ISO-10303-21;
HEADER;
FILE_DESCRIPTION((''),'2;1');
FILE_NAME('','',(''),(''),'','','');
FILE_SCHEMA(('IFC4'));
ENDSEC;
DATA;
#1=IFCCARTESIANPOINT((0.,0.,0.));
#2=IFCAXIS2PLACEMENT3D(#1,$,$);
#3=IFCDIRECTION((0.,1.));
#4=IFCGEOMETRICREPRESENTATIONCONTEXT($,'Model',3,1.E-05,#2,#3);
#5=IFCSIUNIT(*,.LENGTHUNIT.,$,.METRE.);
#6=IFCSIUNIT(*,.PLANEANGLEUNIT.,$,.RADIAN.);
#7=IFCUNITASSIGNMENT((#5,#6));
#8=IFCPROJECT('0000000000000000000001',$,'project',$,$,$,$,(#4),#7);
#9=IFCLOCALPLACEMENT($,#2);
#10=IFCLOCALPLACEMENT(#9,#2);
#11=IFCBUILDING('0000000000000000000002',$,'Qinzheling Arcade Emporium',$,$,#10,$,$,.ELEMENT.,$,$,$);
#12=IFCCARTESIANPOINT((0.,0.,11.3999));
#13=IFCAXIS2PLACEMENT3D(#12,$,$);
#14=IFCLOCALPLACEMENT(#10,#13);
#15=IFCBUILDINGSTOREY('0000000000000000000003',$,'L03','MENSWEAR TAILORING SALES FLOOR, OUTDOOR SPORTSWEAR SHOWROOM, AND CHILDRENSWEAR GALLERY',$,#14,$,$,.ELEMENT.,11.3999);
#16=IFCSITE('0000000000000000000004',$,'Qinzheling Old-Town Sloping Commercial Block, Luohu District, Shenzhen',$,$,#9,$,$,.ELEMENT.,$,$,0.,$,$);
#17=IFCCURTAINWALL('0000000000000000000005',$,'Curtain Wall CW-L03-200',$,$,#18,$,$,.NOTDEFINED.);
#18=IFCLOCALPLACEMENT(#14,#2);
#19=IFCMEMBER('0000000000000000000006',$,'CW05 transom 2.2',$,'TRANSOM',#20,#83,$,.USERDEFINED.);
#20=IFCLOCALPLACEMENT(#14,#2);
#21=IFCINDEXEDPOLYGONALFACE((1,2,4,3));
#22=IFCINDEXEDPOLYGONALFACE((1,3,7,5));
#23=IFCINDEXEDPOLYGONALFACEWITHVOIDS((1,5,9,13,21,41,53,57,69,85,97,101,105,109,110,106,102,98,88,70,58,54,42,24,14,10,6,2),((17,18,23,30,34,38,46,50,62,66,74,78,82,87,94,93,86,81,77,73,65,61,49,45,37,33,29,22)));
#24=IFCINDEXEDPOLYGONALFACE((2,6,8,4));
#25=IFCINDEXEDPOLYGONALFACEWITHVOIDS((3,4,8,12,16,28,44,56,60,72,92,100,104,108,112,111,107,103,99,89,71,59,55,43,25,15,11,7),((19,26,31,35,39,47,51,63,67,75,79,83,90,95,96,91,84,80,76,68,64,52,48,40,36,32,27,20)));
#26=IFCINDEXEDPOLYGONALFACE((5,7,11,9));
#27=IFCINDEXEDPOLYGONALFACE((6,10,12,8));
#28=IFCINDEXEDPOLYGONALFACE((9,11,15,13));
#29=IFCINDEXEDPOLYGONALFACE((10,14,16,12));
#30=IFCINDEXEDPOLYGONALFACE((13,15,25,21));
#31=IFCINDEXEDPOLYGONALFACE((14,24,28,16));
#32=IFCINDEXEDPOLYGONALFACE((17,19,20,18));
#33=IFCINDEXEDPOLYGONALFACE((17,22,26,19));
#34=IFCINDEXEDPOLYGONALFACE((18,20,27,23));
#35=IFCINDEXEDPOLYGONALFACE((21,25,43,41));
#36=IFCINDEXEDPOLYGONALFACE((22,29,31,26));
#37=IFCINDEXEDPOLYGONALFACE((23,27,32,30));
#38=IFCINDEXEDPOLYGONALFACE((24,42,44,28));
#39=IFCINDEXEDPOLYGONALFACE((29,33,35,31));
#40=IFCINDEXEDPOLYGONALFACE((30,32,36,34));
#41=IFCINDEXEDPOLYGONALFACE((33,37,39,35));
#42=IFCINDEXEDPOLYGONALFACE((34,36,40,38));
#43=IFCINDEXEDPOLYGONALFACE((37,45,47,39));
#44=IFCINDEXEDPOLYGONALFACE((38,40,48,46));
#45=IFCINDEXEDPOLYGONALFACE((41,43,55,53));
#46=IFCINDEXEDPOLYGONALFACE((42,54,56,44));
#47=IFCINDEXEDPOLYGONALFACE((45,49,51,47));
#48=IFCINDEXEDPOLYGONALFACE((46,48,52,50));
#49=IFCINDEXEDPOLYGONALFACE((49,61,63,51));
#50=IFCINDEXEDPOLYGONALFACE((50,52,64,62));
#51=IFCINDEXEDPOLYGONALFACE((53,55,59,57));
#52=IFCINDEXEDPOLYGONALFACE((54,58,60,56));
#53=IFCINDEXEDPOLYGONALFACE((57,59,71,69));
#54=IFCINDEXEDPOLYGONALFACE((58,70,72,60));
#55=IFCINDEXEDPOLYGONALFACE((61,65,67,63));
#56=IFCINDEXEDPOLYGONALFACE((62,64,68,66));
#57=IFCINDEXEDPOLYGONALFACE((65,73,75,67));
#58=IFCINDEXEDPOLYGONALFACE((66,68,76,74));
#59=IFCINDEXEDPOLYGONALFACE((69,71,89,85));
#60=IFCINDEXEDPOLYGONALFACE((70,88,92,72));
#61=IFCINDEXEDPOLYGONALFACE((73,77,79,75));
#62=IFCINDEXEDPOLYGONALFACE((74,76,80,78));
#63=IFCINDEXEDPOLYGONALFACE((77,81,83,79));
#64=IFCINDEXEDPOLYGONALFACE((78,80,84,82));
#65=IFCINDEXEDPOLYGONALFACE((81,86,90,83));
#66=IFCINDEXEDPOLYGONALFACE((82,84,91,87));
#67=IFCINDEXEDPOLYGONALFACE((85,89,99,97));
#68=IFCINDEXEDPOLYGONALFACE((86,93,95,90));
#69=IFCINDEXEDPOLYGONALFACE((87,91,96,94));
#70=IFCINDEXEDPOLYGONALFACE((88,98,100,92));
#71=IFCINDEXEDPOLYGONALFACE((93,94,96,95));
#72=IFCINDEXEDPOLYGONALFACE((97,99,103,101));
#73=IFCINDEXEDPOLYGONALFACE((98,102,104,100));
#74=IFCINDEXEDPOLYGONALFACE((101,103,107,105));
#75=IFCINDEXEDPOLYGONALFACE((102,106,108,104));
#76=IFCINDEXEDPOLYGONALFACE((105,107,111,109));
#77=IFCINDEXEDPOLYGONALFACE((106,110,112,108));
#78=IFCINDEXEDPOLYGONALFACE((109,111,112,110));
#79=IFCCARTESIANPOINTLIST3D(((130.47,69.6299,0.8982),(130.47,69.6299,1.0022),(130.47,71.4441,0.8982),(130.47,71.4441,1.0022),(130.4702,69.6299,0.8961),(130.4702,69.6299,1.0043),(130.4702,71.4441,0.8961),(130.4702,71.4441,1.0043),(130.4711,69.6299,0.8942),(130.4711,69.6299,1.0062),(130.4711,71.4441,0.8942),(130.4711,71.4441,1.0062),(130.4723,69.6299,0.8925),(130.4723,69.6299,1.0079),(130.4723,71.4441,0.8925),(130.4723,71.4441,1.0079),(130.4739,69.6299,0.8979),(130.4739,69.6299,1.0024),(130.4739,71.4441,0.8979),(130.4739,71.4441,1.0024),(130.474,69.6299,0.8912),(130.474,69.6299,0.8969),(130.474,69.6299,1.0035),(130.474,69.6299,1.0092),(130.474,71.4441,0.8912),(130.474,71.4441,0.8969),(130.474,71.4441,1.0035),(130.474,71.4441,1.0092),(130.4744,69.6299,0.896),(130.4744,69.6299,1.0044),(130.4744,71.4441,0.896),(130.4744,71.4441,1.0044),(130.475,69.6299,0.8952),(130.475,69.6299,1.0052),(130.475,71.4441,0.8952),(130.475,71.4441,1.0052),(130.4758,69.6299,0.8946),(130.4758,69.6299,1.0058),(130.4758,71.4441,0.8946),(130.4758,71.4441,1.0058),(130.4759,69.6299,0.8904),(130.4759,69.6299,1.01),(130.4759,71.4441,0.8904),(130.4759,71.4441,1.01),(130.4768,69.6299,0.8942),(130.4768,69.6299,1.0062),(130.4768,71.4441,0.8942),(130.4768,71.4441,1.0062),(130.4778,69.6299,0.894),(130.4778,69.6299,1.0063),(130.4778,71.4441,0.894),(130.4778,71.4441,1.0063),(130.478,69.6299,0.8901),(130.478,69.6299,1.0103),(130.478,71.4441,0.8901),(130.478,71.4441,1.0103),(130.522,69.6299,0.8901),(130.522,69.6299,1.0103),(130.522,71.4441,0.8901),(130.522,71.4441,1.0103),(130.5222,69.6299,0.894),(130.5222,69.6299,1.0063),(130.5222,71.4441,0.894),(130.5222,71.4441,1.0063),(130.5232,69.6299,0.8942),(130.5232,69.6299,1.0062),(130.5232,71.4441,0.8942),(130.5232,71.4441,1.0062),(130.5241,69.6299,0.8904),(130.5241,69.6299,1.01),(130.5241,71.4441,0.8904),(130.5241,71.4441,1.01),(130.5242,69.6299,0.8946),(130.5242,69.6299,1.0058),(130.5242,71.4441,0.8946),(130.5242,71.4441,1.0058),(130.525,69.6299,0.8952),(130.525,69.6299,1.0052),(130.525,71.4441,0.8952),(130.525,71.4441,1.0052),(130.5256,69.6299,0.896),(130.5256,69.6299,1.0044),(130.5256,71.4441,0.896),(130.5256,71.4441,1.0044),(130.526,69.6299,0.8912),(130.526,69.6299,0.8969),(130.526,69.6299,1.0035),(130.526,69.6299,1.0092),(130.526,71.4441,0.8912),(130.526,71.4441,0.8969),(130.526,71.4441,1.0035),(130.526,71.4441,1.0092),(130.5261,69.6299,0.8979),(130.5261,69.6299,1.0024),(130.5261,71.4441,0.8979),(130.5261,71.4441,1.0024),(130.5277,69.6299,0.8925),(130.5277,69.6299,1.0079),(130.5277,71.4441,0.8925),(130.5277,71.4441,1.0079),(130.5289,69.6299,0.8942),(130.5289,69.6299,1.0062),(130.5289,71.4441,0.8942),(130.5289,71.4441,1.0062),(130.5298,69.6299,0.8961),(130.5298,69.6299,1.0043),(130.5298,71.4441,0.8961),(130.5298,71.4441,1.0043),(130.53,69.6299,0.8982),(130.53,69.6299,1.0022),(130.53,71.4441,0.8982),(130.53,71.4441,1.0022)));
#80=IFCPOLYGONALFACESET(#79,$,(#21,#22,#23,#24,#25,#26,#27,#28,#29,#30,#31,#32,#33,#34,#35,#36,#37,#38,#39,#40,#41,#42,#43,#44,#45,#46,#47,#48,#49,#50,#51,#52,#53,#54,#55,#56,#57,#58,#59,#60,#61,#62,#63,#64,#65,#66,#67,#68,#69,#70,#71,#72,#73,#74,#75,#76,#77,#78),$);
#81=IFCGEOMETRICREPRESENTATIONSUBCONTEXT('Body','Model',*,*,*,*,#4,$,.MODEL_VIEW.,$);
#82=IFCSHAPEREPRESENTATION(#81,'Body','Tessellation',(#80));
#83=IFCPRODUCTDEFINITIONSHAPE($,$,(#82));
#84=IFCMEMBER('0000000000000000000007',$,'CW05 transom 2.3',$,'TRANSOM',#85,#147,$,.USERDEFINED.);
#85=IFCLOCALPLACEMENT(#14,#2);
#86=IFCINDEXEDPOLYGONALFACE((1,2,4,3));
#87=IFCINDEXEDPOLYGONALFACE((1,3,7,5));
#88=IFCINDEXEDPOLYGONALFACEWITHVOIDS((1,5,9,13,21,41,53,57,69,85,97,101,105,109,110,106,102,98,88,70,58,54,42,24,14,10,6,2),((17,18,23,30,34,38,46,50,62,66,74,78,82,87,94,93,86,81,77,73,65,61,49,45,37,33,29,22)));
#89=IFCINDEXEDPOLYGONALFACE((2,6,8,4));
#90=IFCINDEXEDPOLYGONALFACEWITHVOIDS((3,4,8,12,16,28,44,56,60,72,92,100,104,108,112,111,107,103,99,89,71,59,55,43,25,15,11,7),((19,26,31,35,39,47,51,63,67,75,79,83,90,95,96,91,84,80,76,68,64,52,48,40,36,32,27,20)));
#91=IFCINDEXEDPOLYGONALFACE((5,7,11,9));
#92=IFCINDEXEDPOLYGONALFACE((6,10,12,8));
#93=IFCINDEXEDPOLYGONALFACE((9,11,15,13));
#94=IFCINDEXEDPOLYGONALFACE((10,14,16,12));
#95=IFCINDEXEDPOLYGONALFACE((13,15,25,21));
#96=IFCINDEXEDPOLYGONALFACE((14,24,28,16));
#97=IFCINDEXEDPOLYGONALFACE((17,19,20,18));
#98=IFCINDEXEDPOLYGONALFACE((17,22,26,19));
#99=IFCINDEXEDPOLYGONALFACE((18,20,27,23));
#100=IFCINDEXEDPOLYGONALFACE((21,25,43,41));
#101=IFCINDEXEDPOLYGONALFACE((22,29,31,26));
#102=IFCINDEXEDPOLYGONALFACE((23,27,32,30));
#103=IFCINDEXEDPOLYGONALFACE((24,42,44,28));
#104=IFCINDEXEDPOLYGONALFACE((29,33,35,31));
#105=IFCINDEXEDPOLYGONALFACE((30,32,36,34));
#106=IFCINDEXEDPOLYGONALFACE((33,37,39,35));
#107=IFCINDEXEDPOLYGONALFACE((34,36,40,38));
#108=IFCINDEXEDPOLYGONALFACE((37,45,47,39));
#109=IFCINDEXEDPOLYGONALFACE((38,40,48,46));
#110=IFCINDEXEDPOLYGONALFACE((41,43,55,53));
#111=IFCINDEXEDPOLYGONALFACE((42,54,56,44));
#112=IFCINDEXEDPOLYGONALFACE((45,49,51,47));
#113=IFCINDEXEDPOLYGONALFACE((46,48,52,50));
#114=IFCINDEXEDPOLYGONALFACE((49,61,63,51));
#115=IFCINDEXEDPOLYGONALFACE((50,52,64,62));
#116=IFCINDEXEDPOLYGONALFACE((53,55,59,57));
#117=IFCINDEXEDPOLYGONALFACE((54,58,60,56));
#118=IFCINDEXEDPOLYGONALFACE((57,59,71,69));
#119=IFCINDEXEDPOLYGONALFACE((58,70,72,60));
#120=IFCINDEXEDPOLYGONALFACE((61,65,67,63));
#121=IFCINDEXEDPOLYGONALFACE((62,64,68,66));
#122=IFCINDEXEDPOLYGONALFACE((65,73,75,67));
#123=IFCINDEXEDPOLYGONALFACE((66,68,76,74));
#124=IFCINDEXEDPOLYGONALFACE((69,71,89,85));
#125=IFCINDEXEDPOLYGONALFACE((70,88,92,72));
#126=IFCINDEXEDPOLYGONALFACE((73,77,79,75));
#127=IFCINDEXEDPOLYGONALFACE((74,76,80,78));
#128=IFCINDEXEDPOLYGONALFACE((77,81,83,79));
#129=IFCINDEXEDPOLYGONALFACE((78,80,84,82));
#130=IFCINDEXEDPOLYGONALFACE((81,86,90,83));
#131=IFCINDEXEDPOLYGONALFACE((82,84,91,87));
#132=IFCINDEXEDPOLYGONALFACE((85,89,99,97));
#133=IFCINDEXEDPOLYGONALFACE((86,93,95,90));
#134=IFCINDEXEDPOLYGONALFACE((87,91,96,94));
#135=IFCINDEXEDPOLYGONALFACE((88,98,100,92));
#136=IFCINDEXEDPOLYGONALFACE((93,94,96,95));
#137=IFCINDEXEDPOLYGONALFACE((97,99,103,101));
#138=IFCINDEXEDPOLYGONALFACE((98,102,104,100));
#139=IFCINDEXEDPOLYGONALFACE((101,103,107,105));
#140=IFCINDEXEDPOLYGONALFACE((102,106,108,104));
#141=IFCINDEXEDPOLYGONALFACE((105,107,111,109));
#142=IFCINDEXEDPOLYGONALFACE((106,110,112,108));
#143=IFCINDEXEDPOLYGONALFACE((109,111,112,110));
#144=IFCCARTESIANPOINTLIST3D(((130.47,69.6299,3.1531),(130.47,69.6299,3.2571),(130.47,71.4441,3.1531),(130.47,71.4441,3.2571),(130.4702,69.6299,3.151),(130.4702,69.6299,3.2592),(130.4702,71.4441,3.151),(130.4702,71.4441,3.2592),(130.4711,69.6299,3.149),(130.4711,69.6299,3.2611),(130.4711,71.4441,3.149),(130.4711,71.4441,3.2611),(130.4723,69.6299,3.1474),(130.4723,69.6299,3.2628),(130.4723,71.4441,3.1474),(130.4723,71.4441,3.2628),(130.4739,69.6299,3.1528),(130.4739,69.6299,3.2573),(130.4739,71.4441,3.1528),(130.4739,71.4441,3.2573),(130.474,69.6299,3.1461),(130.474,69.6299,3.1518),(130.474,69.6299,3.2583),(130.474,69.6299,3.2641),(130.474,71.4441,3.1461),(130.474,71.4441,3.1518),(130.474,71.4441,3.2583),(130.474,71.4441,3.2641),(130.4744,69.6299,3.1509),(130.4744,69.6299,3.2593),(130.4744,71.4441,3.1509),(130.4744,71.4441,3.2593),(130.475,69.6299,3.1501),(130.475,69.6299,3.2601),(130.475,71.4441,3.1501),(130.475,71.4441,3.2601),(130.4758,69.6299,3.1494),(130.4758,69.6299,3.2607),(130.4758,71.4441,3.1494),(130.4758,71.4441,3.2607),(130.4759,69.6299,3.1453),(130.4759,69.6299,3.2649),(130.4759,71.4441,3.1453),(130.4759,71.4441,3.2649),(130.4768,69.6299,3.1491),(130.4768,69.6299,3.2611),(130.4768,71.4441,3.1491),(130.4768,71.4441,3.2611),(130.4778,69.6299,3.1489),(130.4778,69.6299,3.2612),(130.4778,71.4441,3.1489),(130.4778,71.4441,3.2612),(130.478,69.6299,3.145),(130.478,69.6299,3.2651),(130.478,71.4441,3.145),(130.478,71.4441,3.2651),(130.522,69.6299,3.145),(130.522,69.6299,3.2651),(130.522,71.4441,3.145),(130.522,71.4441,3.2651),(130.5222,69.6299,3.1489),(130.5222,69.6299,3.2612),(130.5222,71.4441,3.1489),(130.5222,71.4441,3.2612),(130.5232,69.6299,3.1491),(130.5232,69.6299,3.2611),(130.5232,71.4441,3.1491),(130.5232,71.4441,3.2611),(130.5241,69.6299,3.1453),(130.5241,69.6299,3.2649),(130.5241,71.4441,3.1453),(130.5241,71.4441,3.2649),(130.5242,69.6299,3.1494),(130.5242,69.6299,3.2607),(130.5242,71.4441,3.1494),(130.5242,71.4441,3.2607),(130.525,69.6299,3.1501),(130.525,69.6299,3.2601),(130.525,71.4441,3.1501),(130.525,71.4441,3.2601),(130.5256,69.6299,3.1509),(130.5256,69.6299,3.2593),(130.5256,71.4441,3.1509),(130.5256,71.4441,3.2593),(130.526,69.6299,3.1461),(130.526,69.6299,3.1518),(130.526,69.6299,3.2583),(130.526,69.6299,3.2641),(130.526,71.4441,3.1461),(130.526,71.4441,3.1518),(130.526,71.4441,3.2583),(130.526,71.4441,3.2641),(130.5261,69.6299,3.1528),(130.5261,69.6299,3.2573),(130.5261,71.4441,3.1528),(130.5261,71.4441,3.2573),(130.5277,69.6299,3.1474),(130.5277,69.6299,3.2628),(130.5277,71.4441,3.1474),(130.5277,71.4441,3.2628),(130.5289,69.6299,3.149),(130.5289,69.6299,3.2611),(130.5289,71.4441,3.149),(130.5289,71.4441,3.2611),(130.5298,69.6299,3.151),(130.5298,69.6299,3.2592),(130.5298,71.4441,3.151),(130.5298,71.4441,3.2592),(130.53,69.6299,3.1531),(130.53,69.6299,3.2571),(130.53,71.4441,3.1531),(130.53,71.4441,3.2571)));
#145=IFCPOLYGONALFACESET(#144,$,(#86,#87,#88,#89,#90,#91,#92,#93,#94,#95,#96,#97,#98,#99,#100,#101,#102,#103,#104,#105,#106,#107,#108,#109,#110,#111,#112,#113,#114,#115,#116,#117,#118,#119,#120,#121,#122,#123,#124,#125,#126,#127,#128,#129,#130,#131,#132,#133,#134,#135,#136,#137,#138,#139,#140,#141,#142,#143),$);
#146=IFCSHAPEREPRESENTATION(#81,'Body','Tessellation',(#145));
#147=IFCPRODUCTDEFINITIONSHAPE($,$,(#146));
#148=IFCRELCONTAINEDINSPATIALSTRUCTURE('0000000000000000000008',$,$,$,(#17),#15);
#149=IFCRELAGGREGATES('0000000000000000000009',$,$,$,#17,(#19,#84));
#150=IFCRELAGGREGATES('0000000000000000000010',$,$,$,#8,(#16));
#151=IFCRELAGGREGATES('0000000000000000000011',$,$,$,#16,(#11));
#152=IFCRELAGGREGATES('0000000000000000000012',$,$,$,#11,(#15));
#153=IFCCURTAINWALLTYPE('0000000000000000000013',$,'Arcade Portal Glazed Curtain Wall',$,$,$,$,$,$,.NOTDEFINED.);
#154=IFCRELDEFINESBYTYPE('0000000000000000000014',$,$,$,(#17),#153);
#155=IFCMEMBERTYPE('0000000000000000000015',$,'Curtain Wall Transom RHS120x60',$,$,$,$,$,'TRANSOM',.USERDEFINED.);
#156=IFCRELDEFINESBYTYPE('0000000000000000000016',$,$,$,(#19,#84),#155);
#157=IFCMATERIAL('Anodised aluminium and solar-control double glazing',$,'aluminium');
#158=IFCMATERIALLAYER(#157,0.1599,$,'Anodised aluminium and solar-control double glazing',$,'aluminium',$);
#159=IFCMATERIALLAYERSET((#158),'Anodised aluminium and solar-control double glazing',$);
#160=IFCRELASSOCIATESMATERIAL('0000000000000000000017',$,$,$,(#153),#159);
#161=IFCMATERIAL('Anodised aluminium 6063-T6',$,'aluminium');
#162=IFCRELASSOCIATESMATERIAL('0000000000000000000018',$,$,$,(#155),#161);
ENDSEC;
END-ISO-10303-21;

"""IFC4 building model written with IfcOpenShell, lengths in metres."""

from ifc_helpers import new_model, si_unit, direction, frame, origin, origin_2d, place, context, subcontext, project, spatial, hollow_rectangle, extrude, material, layer, layer_set, material_profile, profile_set, type_object, element, aggregate, save


model = new_model("IFC4")

# Units and contexts
model_context = context("Model", 3, precision=1e-05, world=origin(), true_north=direction((0.0, 1.0)))
body_context = subcontext(model_context, "Body", "Model", "MODEL_VIEW")
ifc_project = project(units=[si_unit("LENGTHUNIT", "METRE"), si_unit("PLANEANGLEUNIT", "RADIAN")], contexts=[model_context])

# Site, building, storey
site_placement = place(None, origin())
site = spatial("IfcSite", under=ifc_project, at=site_placement, Name="Qinzheling Old-Town Sloping Commercial Block, Luohu District, Shenzhen", CompositionType="ELEMENT", RefElevation=0.0)
building_placement = place(site_placement, origin())
building = spatial("IfcBuilding", under=site, at=building_placement, Name="Qinzheling Arcade Emporium", CompositionType="ELEMENT")
storey_placement = place(building_placement, frame((0.0, 0.0, 11.3999)))
storey = spatial("IfcBuildingStorey", under=building, at=storey_placement, Name="L03", Description="MENSWEAR TAILORING SALES FLOOR, OUTDOOR SPORTSWEAR SHOWROOM, AND CHILDRENSWEAR GALLERY", CompositionType="ELEMENT", Elevation=11.3999)

# Curtain wall, members
ifc_material_1 = material(Name="Anodised aluminium and solar-control double glazing", Category="aluminium")
ifc_layer_1 = layer(ifc_material_1, 0.1599, Name="Anodised aluminium and solar-control double glazing", Category="aluminium")
ifc_layer_set_1 = layer_set([ifc_layer_1], Name="Anodised aluminium and solar-control double glazing")
curtain_wall_type = type_object("IfcCurtainWallType", Name="Arcade Portal Glazed Curtain Wall", PredefinedType="NOTDEFINED", material=ifc_layer_set_1)
curtain_wall_placement = place(storey_placement, origin())
curtain_wall = element("IfcCurtainWall", 1, at=curtain_wall_placement, inside=storey, type_object=curtain_wall_type, Name="Curtain Wall CW-L03-200", PredefinedType="NOTDEFINED")
ifc_material_2 = material(Name="Anodised aluminium 6063-T6", Category="aluminium")
ifc_material_profile_1 = material_profile(ifc_material_2, hollow_rectangle(XDim=0.0601, YDim=0.1201, WallThickness=0.0039, InnerFilletRadius=0.0039, OuterFilletRadius=0.0081, at=origin_2d()), Name="RHS 120x60x4", Category="aluminium")
ifc_profile_set_1 = profile_set([ifc_material_profile_1], Name="Anodised aluminium 6063-T6")
member_type_1 = type_object("IfcMemberType", Name="Curtain Wall Transom RHS120x60", ElementType="TRANSOM", PredefinedType="USERDEFINED", material=ifc_profile_set_1)
member_1_placement = place(storey_placement, frame((130.5, 71.4441, 0.9502), z_axis=(0.0, -1.0, 0.0), x_axis=(1.0, 0.0, 0.0)))
member_1 = element("IfcMember", 2, at=member_1_placement, type_object=member_type_1, Name="CW05 transom 2.2", ObjectType="TRANSOM", PredefinedType="USERDEFINED", context=body_context, shape_type="SweptSolid", body=[
    extrude(hollow_rectangle(XDim=0.0601, YDim=0.1201, WallThickness=0.0039, InnerFilletRadius=0.0039, OuterFilletRadius=0.0081, at=origin_2d()), origin(), (0.0, 0.0, 1.0), 1.8142),
])
member_2_placement = place(storey_placement, frame((130.5, 71.4441, 3.2051), z_axis=(0.0, -1.0, 0.0), x_axis=(1.0, 0.0, 0.0)))
member_2 = element("IfcMember", 3, at=member_2_placement, type_object=member_type_1, Name="CW05 transom 2.3", ObjectType="TRANSOM", PredefinedType="USERDEFINED", context=body_context, shape_type="SweptSolid", body=[
    extrude(hollow_rectangle(XDim=0.0601, YDim=0.1201, WallThickness=0.0039, InnerFilletRadius=0.0039, OuterFilletRadius=0.0081, at=origin_2d()), origin(), (0.0, 0.0, 1.0), 1.8142),
])
aggregate(curtain_wall, [member_1, member_2])

save(model, "model.ifc")
